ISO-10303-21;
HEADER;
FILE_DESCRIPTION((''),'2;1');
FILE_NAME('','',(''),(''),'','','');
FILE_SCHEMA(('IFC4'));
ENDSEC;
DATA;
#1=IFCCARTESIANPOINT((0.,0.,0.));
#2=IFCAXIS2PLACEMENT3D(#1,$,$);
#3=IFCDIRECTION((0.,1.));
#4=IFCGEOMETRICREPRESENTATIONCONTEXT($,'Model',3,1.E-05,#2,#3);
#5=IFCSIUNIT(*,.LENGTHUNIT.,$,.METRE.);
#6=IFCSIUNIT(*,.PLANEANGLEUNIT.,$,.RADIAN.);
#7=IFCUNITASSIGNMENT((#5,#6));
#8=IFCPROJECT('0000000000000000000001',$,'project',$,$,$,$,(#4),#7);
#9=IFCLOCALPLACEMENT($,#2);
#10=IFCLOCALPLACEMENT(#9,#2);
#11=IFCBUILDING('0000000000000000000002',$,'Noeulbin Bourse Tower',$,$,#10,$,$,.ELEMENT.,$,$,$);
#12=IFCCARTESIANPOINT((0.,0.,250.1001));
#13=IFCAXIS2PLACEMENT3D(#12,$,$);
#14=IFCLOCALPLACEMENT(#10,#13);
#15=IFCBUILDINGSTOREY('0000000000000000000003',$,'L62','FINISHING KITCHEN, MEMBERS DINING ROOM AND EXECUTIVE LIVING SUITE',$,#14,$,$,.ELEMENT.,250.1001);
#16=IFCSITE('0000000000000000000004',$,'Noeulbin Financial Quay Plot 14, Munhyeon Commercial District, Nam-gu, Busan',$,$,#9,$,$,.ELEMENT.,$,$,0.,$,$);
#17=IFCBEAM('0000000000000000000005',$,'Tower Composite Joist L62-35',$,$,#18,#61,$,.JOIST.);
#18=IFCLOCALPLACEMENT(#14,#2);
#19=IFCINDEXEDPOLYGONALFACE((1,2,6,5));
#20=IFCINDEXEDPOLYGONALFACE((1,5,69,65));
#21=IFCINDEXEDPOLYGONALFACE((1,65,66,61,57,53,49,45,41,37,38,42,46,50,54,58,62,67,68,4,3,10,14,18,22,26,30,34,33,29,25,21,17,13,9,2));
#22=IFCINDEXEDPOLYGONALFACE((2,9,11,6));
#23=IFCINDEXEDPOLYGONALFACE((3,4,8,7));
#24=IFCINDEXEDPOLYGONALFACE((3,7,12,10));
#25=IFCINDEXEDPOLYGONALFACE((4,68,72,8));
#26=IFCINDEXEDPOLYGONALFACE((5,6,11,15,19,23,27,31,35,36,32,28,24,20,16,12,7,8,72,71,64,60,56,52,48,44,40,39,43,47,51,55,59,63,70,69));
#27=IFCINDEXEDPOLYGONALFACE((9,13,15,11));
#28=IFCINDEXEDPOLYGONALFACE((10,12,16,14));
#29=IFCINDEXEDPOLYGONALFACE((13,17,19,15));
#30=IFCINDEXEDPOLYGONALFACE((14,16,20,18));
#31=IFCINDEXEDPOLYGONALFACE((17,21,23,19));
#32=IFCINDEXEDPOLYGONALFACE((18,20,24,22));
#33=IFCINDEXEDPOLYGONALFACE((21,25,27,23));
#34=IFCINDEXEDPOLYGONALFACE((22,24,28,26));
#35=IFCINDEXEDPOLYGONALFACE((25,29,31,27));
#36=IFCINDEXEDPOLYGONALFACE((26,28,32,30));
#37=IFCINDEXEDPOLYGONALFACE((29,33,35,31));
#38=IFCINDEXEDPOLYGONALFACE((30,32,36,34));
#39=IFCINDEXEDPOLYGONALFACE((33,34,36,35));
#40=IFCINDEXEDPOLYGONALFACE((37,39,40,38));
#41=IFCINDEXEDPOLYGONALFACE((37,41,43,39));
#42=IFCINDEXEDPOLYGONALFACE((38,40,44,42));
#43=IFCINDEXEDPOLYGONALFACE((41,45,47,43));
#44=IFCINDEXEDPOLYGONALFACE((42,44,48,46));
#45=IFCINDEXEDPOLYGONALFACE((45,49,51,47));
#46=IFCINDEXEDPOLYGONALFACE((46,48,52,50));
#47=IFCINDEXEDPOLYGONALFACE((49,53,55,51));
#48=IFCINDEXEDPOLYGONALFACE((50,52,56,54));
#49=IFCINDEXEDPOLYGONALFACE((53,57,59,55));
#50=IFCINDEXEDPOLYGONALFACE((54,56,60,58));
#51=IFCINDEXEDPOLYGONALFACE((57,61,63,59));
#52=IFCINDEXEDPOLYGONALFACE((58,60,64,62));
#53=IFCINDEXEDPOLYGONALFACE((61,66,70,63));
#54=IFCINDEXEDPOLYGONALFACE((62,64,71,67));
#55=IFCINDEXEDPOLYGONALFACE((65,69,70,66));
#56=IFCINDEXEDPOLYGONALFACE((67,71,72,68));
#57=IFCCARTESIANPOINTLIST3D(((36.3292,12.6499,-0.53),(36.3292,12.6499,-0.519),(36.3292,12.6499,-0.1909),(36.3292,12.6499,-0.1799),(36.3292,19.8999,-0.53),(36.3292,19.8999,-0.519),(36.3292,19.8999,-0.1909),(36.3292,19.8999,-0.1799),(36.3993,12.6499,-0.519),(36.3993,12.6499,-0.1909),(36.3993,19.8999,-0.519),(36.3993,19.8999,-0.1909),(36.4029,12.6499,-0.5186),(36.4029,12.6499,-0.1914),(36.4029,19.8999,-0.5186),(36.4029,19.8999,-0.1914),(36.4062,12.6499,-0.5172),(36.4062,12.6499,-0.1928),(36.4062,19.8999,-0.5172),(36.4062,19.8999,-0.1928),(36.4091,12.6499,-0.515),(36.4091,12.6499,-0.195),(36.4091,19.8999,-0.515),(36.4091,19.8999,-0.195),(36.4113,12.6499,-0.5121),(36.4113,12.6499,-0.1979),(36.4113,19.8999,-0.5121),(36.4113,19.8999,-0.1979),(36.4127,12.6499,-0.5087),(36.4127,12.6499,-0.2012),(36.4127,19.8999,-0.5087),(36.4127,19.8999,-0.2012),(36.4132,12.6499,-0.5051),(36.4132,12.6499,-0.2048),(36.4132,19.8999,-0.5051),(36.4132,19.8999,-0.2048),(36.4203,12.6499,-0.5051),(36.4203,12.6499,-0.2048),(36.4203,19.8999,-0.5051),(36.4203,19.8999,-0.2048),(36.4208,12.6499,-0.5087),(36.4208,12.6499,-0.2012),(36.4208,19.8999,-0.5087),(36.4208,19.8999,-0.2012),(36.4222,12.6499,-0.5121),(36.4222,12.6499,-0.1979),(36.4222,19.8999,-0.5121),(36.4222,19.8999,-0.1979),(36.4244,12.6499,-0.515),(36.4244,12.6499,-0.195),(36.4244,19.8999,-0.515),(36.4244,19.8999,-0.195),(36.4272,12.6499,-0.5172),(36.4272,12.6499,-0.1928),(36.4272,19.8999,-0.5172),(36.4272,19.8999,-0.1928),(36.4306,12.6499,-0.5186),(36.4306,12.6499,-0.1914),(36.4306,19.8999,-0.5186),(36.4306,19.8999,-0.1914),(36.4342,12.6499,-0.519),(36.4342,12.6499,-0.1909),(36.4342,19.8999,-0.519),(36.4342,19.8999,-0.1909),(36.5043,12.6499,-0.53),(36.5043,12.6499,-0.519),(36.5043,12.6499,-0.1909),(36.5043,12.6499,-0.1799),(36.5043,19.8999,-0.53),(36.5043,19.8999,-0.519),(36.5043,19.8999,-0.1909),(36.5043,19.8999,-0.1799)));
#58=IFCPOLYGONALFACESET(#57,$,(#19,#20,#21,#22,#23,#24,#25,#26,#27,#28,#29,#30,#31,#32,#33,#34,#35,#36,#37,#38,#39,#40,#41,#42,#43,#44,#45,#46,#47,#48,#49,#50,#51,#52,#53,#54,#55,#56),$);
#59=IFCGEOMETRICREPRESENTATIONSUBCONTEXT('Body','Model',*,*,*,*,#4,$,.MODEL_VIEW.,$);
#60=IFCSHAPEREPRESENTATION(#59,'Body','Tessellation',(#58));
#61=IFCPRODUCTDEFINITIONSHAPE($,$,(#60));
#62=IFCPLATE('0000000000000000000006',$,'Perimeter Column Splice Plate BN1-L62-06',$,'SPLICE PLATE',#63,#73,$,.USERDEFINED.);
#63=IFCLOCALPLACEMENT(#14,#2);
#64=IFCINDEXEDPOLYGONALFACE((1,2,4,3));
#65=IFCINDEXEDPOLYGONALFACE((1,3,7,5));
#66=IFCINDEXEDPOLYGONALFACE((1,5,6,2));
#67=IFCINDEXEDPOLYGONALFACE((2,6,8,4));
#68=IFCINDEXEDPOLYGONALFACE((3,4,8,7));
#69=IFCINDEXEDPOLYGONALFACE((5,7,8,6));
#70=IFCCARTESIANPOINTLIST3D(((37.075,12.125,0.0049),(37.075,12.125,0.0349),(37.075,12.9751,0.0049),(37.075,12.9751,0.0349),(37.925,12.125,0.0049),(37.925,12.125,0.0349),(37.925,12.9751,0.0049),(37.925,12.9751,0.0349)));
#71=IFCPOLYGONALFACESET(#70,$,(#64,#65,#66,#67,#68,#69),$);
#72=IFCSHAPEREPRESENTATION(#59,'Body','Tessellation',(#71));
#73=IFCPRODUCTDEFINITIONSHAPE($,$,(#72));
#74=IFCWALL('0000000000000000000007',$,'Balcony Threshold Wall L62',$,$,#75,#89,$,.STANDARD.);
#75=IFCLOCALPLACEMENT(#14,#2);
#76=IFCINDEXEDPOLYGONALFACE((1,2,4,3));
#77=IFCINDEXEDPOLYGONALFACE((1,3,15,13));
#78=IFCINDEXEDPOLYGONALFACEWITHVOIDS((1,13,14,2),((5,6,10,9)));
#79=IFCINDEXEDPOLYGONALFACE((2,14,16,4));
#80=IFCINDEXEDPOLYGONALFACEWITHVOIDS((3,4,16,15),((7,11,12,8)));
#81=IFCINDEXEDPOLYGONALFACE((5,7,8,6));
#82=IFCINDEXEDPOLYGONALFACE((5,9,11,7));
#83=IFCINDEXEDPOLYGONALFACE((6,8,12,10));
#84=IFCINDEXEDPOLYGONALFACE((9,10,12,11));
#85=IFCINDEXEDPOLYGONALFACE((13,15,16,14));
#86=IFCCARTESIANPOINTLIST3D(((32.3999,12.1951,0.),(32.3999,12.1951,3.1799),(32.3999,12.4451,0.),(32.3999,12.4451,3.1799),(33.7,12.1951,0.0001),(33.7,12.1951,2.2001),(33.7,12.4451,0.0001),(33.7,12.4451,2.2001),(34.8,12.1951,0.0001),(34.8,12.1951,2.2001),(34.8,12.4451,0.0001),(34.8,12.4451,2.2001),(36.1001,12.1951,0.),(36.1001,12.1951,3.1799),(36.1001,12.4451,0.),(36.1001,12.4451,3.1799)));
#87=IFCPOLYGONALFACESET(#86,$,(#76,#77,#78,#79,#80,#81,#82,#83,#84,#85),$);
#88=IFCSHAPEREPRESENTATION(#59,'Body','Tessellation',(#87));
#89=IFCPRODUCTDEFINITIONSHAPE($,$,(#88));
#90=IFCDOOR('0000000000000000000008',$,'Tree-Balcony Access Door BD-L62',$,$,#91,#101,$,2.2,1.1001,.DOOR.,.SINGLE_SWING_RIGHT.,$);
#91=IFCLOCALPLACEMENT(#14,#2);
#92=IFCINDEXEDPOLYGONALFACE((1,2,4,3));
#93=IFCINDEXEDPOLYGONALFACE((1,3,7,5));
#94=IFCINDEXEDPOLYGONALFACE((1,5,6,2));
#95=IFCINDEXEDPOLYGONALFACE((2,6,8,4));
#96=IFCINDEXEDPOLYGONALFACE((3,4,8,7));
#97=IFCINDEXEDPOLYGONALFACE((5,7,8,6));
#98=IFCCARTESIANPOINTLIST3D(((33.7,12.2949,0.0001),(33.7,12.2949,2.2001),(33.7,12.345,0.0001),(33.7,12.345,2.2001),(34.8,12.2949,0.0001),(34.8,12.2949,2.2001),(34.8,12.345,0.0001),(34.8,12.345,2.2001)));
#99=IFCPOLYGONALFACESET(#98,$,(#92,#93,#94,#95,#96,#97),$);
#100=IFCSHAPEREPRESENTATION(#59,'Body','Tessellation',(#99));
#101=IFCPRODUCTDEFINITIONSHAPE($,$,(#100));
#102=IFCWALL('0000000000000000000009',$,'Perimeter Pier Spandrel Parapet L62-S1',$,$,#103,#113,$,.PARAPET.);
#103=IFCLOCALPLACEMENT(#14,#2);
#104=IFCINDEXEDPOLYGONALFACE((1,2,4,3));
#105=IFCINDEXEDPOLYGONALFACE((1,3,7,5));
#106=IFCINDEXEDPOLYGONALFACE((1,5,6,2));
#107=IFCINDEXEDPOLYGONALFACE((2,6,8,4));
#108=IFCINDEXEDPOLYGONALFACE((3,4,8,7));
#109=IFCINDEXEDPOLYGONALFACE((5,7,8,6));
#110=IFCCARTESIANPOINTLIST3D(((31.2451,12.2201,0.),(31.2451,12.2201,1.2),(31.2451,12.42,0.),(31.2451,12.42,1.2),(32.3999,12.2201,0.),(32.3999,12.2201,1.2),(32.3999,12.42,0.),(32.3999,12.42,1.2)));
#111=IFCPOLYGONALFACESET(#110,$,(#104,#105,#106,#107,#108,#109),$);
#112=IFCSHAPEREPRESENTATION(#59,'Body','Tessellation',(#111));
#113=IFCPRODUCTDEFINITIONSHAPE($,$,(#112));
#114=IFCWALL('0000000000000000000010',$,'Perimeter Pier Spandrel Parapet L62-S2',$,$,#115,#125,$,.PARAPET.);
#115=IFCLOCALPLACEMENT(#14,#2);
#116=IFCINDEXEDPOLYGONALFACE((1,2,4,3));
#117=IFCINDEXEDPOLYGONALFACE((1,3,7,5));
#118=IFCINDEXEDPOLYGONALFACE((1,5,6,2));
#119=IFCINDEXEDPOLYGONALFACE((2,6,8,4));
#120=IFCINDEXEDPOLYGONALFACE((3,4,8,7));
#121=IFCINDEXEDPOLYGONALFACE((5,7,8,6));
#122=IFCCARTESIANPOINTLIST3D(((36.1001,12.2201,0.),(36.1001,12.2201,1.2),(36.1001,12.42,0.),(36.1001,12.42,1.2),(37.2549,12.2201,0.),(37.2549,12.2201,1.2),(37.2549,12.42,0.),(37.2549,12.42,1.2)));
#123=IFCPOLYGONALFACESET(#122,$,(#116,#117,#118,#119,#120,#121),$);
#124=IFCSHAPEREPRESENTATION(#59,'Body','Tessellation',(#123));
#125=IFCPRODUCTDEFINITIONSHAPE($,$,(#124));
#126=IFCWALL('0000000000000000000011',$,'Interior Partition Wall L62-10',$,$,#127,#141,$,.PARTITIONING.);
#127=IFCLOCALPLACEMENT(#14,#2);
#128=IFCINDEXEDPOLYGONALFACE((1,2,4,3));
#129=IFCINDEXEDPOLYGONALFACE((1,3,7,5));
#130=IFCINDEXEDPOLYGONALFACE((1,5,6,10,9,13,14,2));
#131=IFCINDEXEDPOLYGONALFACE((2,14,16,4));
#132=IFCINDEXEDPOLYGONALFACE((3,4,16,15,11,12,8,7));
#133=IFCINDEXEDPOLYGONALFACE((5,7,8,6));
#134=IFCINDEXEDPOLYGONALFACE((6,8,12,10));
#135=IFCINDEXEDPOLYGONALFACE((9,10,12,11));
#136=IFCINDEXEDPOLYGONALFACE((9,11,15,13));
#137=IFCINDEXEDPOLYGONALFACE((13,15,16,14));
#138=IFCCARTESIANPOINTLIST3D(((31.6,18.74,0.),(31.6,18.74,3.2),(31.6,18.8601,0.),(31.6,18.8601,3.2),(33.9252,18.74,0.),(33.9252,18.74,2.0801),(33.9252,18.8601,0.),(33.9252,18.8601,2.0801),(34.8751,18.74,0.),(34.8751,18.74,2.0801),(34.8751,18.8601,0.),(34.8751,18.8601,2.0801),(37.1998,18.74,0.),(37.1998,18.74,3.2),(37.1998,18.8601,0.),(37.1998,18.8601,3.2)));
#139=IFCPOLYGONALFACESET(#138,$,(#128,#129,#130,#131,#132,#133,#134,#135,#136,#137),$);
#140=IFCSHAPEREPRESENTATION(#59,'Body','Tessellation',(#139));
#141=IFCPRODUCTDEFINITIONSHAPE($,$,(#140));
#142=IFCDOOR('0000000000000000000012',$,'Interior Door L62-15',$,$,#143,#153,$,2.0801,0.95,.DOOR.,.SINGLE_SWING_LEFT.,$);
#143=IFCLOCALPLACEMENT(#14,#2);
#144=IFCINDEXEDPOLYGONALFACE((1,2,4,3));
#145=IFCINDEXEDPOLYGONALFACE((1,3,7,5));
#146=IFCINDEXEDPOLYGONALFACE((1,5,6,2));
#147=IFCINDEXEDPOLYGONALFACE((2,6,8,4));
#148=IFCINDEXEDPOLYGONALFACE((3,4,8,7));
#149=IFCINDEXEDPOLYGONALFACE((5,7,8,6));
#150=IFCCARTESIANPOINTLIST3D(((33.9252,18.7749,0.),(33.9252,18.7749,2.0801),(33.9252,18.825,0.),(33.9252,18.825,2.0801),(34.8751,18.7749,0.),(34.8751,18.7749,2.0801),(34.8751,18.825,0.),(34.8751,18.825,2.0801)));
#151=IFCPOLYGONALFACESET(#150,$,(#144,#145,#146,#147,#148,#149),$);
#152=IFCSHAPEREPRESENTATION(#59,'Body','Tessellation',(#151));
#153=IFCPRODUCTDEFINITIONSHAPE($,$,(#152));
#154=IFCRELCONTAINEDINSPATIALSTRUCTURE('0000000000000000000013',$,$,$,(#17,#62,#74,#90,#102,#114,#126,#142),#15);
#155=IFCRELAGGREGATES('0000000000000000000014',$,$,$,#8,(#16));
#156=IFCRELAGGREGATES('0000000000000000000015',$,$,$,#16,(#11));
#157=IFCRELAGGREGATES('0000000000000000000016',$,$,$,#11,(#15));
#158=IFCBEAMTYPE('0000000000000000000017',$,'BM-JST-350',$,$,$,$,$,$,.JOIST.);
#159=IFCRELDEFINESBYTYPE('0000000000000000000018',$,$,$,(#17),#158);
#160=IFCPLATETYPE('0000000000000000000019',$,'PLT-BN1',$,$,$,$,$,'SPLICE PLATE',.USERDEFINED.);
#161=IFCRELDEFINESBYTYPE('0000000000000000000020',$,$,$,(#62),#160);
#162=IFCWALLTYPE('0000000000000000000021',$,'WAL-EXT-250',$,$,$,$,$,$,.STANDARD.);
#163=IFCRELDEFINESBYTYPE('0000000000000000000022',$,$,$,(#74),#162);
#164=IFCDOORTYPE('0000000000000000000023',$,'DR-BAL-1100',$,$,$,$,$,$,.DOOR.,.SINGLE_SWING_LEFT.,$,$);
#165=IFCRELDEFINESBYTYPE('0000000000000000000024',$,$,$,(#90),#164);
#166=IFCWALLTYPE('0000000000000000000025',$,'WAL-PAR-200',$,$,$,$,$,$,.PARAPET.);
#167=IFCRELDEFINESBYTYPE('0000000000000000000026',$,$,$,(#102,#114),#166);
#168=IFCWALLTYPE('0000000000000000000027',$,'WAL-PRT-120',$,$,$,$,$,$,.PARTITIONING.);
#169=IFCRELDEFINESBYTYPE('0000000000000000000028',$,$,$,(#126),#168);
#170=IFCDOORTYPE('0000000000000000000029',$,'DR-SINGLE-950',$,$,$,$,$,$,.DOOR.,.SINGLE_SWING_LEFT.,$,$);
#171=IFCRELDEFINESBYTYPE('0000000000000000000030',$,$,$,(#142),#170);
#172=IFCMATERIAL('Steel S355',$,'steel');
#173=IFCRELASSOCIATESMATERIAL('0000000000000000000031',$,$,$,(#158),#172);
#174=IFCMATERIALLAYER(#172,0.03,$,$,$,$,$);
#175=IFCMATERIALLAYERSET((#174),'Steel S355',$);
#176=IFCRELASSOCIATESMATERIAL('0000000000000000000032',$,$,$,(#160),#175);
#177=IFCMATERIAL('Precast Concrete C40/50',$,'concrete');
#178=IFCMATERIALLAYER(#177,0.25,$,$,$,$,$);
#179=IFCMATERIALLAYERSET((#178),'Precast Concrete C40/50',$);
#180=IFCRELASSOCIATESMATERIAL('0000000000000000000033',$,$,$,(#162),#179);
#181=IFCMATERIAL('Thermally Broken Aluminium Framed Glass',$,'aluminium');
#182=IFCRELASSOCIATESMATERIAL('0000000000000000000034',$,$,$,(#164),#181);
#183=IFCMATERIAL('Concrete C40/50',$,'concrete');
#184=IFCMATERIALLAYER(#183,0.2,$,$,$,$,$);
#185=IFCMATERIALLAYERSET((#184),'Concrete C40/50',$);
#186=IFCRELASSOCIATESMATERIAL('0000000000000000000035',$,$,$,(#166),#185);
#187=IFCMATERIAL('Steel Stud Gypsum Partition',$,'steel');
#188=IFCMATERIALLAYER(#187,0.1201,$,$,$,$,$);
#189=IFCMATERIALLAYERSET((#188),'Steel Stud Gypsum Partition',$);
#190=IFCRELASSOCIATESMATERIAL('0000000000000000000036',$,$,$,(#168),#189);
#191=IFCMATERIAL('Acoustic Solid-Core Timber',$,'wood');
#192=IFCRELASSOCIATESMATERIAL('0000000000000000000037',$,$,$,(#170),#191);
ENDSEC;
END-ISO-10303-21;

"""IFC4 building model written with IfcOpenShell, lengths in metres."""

from ifc_helpers import new_model, si_unit, direction, frame, frame_2d, origin, origin_2d, place, context, subcontext, project, spatial, rectangle, i_section, extrude, material, layer, layer_set, material_profile, profile_set, type_object, element, fill, save


model = new_model("IFC4")

# Units and contexts
model_context = context("Model", 3, precision=1e-05, world=origin(), true_north=direction((0.0, 1.0)))
body_context = subcontext(model_context, "Body", "Model", "MODEL_VIEW")
ifc_project = project(units=[si_unit("LENGTHUNIT", "METRE"), si_unit("PLANEANGLEUNIT", "RADIAN")], contexts=[model_context])

# Site, building, storey
site_placement = place(None, origin())
site = spatial("IfcSite", under=ifc_project, at=site_placement, Name="Noeulbin Financial Quay Plot 14, Munhyeon Commercial District, Nam-gu, Busan", CompositionType="ELEMENT", RefElevation=0.0)
building_placement = place(site_placement, origin())
building = spatial("IfcBuilding", under=site, at=building_placement, Name="Noeulbin Bourse Tower", CompositionType="ELEMENT")
storey_placement = place(building_placement, frame((0.0, 0.0, 250.1001)))
storey = spatial("IfcBuildingStorey", under=building, at=storey_placement, Name="L62", Description="FINISHING KITCHEN, MEMBERS DINING ROOM AND EXECUTIVE LIVING SUITE", CompositionType="ELEMENT", Elevation=250.1001)

# Shared definitions
ifc_material_1 = material(Name="Steel S355", Category="steel")

# Beam
ifc_material_profile_1 = material_profile(ifc_material_1, i_section(OverallWidth=0.175, OverallDepth=0.3501, WebThickness=0.0071, FlangeThickness=0.011, FilletRadius=0.0139, at=origin_2d()), Name="H-350x175x7x11", Category="LoadBearing")
ifc_profile_set_1 = profile_set([ifc_material_profile_1], Name="Steel S355")
beam_type_1 = type_object("IfcBeamType", Name="BM-JST-350", PredefinedType="JOIST", material=ifc_profile_set_1)
for number, where, z_axis, x_axis, name in (
    (1, (36.4167, 12.6499, -0.355), (0.0, 1.0, 0.0), (-1.0, 0.0, 0.0), "Tower Composite Joist L62-35"),
):
    element("IfcBeam", number, at=place(storey_placement, frame(where, z_axis=z_axis, x_axis=x_axis)), inside=storey, type_object=beam_type_1, Name=name, PredefinedType="JOIST", context=body_context, shape_type="SweptSolid", body=[
        extrude(i_section(OverallWidth=0.175, OverallDepth=0.3501, WebThickness=0.0071, FlangeThickness=0.011, FilletRadius=0.0139, at=origin_2d()), origin(), (0.0, 0.0, 1.0), 7.25),
    ])

# Plate
ifc_layer_1 = layer(ifc_material_1, 0.03)
ifc_layer_set_1 = layer_set([ifc_layer_1], Name="Steel S355")
plate_type = type_object("IfcPlateType", Name="PLT-BN1", ElementType="SPLICE PLATE", PredefinedType="USERDEFINED", material=ifc_layer_set_1)
plate_placement = place(storey_placement, frame((37.5, 12.55, 0.0049), z_axis=(0.0, 0.0, 1.0), x_axis=(1.0, 0.0, 0.0)))
element("IfcPlate", 2, at=plate_placement, inside=storey, type_object=plate_type, Name="Perimeter Column Splice Plate BN1-L62-06", ObjectType="SPLICE PLATE", PredefinedType="USERDEFINED", context=body_context, shape_type="SweptSolid", body=[
    extrude(rectangle(XDim=0.8501, YDim=0.8501, at=origin_2d()), origin(), (0.0, 0.0, 1.0), 0.03),
])

# Wall, opening, door
ifc_material_2 = material(Name="Precast Concrete C40/50", Category="concrete")
ifc_layer_2 = layer(ifc_material_2, 0.25)
ifc_layer_set_2 = layer_set([ifc_layer_2], Name="Precast Concrete C40/50")
wall_type_1 = type_object("IfcWallType", Name="WAL-EXT-250", PredefinedType="STANDARD", material=ifc_layer_set_2)
wall_1_placement = place(storey_placement, frame((32.3999, 12.3201, 0.0), z_axis=(0.0, 0.0, 1.0), x_axis=(1.0, 0.0, 0.0)))
wall_1 = element("IfcWall", 3, at=wall_1_placement, inside=storey, type_object=wall_type_1, Name="Balcony Threshold Wall L62", PredefinedType="STANDARD", context=body_context, shape_type="SweptSolid", body=[
    extrude(rectangle(XDim=3.7002, YDim=0.25, at=frame_2d((1.8501, 0.0))), origin(), (0.0, 0.0, 1.0), 3.1799),
])
opening_1_placement = place(wall_1_placement, frame((1.3, 0.0, 0.0)))
opening_1 = element("IfcOpeningElement", 4, at=opening_1_placement, cuts=wall_1, PredefinedType="OPENING", context=body_context, shape_type="SweptSolid", body=[
    extrude(rectangle(XDim=1.1001, YDim=2.2, at=frame_2d((0.55, 1.1001))), frame((0.0, 0.135, 0.0), z_axis=(0.0, -1.0, 0.0), x_axis=(1.0, 0.0, 0.0)), (0.0, 0.0, 1.0), 0.27),
])
ifc_material_3 = material(Name="Thermally Broken Aluminium Framed Glass", Category="aluminium")
door_type_1 = type_object("IfcDoorType", Name="DR-BAL-1100", OperationType="SINGLE_SWING_LEFT", PredefinedType="DOOR", material=ifc_material_3)
door_1_placement = place(opening_1_placement, origin())
door_1 = element("IfcDoor", 5, at=door_1_placement, inside=storey, type_object=door_type_1, Name="Tree-Balcony Access Door BD-L62", OperationType="SINGLE_SWING_RIGHT", OverallHeight=2.2, OverallWidth=1.1001, PredefinedType="DOOR", context=body_context, shape_type="SweptSolid", body=[
    extrude(rectangle(XDim=1.1001, YDim=2.2, at=frame_2d((0.55, 1.1001))), frame((0.0, 0.0249, 0.0), z_axis=(0.0, -1.0, 0.0), x_axis=(1.0, 0.0, 0.0)), (0.0, 0.0, 1.0), 0.05),
])
fill(opening_1, door_1)

# Walls
ifc_material_4 = material(Name="Concrete C40/50", Category="concrete")
ifc_layer_3 = layer(ifc_material_4, 0.2)
ifc_layer_set_3 = layer_set([ifc_layer_3], Name="Concrete C40/50")
wall_type_2 = type_object("IfcWallType", Name="WAL-PAR-200", PredefinedType="PARAPET", material=ifc_layer_set_3)
for number, where, z_axis, x_axis, name in (
    (6, (31.2451, 12.3201, 0.0), (0.0, 0.0, 1.0), (1.0, 0.0, 0.0), "Perimeter Pier Spandrel Parapet L62-S1"),
    (7, (36.1001, 12.3201, 0.0), (0.0, 0.0, 1.0), (1.0, 0.0, 0.0), "Perimeter Pier Spandrel Parapet L62-S2"),
):
    element("IfcWall", number, at=place(storey_placement, frame(where, z_axis=z_axis, x_axis=x_axis)), inside=storey, type_object=wall_type_2, Name=name, PredefinedType="PARAPET", context=body_context, shape_type="SweptSolid", body=[
        extrude(rectangle(XDim=1.1548, YDim=0.2, at=frame_2d((0.5774, 0.0))), origin(), (0.0, 0.0, 1.0), 1.2),
    ])

# Wall, opening, door
ifc_material_5 = material(Name="Steel Stud Gypsum Partition", Category="steel")
ifc_layer_4 = layer(ifc_material_5, 0.1201)
ifc_layer_set_4 = layer_set([ifc_layer_4], Name="Steel Stud Gypsum Partition")
wall_type_3 = type_object("IfcWallType", Name="WAL-PRT-120", PredefinedType="PARTITIONING", material=ifc_layer_set_4)
wall_2_placement = place(storey_placement, frame((31.6001, 18.8, 0.0), z_axis=(0.0, 0.0, 1.0), x_axis=(1.0, 0.0, 0.0)))
wall_2 = element("IfcWall", 8, at=wall_2_placement, inside=storey, type_object=wall_type_3, Name="Interior Partition Wall L62-10", PredefinedType="PARTITIONING", context=body_context, shape_type="SweptSolid", body=[
    extrude(rectangle(XDim=5.5999, YDim=0.1201, at=frame_2d((2.7998, 0.0))), origin(), (0.0, 0.0, 1.0), 3.2),
])
opening_2_placement = place(wall_2_placement, frame((2.325, 0.0, 0.0)))
opening_2 = element("IfcOpeningElement", 9, at=opening_2_placement, cuts=wall_2, PredefinedType="OPENING", context=body_context, shape_type="SweptSolid", body=[
    extrude(rectangle(XDim=0.95, YDim=2.0801, at=frame_2d((0.4751, 1.04))), frame((0.0, 0.0701, 0.0), z_axis=(0.0, -1.0, 0.0), x_axis=(1.0, 0.0, 0.0)), (0.0, 0.0, 1.0), 0.1401),
])
ifc_material_6 = material(Name="Acoustic Solid-Core Timber", Category="wood")
door_type_2 = type_object("IfcDoorType", Name="DR-SINGLE-950", OperationType="SINGLE_SWING_LEFT", PredefinedType="DOOR", material=ifc_material_6)
door_2_placement = place(opening_2_placement, origin())
door_2 = element("IfcDoor", 10, at=door_2_placement, inside=storey, type_object=door_type_2, Name="Interior Door L62-15", OperationType="SINGLE_SWING_LEFT", OverallHeight=2.0801, OverallWidth=0.95, PredefinedType="DOOR", context=body_context, shape_type="SweptSolid", body=[
    extrude(rectangle(XDim=0.95, YDim=2.0801, at=frame_2d((0.4751, 1.04))), frame((0.0, 0.0249, 0.0), z_axis=(0.0, -1.0, 0.0), x_axis=(1.0, 0.0, 0.0)), (0.0, 0.0, 1.0), 0.05),
])
fill(opening_2, door_2)

save(model, "model.ifc")
